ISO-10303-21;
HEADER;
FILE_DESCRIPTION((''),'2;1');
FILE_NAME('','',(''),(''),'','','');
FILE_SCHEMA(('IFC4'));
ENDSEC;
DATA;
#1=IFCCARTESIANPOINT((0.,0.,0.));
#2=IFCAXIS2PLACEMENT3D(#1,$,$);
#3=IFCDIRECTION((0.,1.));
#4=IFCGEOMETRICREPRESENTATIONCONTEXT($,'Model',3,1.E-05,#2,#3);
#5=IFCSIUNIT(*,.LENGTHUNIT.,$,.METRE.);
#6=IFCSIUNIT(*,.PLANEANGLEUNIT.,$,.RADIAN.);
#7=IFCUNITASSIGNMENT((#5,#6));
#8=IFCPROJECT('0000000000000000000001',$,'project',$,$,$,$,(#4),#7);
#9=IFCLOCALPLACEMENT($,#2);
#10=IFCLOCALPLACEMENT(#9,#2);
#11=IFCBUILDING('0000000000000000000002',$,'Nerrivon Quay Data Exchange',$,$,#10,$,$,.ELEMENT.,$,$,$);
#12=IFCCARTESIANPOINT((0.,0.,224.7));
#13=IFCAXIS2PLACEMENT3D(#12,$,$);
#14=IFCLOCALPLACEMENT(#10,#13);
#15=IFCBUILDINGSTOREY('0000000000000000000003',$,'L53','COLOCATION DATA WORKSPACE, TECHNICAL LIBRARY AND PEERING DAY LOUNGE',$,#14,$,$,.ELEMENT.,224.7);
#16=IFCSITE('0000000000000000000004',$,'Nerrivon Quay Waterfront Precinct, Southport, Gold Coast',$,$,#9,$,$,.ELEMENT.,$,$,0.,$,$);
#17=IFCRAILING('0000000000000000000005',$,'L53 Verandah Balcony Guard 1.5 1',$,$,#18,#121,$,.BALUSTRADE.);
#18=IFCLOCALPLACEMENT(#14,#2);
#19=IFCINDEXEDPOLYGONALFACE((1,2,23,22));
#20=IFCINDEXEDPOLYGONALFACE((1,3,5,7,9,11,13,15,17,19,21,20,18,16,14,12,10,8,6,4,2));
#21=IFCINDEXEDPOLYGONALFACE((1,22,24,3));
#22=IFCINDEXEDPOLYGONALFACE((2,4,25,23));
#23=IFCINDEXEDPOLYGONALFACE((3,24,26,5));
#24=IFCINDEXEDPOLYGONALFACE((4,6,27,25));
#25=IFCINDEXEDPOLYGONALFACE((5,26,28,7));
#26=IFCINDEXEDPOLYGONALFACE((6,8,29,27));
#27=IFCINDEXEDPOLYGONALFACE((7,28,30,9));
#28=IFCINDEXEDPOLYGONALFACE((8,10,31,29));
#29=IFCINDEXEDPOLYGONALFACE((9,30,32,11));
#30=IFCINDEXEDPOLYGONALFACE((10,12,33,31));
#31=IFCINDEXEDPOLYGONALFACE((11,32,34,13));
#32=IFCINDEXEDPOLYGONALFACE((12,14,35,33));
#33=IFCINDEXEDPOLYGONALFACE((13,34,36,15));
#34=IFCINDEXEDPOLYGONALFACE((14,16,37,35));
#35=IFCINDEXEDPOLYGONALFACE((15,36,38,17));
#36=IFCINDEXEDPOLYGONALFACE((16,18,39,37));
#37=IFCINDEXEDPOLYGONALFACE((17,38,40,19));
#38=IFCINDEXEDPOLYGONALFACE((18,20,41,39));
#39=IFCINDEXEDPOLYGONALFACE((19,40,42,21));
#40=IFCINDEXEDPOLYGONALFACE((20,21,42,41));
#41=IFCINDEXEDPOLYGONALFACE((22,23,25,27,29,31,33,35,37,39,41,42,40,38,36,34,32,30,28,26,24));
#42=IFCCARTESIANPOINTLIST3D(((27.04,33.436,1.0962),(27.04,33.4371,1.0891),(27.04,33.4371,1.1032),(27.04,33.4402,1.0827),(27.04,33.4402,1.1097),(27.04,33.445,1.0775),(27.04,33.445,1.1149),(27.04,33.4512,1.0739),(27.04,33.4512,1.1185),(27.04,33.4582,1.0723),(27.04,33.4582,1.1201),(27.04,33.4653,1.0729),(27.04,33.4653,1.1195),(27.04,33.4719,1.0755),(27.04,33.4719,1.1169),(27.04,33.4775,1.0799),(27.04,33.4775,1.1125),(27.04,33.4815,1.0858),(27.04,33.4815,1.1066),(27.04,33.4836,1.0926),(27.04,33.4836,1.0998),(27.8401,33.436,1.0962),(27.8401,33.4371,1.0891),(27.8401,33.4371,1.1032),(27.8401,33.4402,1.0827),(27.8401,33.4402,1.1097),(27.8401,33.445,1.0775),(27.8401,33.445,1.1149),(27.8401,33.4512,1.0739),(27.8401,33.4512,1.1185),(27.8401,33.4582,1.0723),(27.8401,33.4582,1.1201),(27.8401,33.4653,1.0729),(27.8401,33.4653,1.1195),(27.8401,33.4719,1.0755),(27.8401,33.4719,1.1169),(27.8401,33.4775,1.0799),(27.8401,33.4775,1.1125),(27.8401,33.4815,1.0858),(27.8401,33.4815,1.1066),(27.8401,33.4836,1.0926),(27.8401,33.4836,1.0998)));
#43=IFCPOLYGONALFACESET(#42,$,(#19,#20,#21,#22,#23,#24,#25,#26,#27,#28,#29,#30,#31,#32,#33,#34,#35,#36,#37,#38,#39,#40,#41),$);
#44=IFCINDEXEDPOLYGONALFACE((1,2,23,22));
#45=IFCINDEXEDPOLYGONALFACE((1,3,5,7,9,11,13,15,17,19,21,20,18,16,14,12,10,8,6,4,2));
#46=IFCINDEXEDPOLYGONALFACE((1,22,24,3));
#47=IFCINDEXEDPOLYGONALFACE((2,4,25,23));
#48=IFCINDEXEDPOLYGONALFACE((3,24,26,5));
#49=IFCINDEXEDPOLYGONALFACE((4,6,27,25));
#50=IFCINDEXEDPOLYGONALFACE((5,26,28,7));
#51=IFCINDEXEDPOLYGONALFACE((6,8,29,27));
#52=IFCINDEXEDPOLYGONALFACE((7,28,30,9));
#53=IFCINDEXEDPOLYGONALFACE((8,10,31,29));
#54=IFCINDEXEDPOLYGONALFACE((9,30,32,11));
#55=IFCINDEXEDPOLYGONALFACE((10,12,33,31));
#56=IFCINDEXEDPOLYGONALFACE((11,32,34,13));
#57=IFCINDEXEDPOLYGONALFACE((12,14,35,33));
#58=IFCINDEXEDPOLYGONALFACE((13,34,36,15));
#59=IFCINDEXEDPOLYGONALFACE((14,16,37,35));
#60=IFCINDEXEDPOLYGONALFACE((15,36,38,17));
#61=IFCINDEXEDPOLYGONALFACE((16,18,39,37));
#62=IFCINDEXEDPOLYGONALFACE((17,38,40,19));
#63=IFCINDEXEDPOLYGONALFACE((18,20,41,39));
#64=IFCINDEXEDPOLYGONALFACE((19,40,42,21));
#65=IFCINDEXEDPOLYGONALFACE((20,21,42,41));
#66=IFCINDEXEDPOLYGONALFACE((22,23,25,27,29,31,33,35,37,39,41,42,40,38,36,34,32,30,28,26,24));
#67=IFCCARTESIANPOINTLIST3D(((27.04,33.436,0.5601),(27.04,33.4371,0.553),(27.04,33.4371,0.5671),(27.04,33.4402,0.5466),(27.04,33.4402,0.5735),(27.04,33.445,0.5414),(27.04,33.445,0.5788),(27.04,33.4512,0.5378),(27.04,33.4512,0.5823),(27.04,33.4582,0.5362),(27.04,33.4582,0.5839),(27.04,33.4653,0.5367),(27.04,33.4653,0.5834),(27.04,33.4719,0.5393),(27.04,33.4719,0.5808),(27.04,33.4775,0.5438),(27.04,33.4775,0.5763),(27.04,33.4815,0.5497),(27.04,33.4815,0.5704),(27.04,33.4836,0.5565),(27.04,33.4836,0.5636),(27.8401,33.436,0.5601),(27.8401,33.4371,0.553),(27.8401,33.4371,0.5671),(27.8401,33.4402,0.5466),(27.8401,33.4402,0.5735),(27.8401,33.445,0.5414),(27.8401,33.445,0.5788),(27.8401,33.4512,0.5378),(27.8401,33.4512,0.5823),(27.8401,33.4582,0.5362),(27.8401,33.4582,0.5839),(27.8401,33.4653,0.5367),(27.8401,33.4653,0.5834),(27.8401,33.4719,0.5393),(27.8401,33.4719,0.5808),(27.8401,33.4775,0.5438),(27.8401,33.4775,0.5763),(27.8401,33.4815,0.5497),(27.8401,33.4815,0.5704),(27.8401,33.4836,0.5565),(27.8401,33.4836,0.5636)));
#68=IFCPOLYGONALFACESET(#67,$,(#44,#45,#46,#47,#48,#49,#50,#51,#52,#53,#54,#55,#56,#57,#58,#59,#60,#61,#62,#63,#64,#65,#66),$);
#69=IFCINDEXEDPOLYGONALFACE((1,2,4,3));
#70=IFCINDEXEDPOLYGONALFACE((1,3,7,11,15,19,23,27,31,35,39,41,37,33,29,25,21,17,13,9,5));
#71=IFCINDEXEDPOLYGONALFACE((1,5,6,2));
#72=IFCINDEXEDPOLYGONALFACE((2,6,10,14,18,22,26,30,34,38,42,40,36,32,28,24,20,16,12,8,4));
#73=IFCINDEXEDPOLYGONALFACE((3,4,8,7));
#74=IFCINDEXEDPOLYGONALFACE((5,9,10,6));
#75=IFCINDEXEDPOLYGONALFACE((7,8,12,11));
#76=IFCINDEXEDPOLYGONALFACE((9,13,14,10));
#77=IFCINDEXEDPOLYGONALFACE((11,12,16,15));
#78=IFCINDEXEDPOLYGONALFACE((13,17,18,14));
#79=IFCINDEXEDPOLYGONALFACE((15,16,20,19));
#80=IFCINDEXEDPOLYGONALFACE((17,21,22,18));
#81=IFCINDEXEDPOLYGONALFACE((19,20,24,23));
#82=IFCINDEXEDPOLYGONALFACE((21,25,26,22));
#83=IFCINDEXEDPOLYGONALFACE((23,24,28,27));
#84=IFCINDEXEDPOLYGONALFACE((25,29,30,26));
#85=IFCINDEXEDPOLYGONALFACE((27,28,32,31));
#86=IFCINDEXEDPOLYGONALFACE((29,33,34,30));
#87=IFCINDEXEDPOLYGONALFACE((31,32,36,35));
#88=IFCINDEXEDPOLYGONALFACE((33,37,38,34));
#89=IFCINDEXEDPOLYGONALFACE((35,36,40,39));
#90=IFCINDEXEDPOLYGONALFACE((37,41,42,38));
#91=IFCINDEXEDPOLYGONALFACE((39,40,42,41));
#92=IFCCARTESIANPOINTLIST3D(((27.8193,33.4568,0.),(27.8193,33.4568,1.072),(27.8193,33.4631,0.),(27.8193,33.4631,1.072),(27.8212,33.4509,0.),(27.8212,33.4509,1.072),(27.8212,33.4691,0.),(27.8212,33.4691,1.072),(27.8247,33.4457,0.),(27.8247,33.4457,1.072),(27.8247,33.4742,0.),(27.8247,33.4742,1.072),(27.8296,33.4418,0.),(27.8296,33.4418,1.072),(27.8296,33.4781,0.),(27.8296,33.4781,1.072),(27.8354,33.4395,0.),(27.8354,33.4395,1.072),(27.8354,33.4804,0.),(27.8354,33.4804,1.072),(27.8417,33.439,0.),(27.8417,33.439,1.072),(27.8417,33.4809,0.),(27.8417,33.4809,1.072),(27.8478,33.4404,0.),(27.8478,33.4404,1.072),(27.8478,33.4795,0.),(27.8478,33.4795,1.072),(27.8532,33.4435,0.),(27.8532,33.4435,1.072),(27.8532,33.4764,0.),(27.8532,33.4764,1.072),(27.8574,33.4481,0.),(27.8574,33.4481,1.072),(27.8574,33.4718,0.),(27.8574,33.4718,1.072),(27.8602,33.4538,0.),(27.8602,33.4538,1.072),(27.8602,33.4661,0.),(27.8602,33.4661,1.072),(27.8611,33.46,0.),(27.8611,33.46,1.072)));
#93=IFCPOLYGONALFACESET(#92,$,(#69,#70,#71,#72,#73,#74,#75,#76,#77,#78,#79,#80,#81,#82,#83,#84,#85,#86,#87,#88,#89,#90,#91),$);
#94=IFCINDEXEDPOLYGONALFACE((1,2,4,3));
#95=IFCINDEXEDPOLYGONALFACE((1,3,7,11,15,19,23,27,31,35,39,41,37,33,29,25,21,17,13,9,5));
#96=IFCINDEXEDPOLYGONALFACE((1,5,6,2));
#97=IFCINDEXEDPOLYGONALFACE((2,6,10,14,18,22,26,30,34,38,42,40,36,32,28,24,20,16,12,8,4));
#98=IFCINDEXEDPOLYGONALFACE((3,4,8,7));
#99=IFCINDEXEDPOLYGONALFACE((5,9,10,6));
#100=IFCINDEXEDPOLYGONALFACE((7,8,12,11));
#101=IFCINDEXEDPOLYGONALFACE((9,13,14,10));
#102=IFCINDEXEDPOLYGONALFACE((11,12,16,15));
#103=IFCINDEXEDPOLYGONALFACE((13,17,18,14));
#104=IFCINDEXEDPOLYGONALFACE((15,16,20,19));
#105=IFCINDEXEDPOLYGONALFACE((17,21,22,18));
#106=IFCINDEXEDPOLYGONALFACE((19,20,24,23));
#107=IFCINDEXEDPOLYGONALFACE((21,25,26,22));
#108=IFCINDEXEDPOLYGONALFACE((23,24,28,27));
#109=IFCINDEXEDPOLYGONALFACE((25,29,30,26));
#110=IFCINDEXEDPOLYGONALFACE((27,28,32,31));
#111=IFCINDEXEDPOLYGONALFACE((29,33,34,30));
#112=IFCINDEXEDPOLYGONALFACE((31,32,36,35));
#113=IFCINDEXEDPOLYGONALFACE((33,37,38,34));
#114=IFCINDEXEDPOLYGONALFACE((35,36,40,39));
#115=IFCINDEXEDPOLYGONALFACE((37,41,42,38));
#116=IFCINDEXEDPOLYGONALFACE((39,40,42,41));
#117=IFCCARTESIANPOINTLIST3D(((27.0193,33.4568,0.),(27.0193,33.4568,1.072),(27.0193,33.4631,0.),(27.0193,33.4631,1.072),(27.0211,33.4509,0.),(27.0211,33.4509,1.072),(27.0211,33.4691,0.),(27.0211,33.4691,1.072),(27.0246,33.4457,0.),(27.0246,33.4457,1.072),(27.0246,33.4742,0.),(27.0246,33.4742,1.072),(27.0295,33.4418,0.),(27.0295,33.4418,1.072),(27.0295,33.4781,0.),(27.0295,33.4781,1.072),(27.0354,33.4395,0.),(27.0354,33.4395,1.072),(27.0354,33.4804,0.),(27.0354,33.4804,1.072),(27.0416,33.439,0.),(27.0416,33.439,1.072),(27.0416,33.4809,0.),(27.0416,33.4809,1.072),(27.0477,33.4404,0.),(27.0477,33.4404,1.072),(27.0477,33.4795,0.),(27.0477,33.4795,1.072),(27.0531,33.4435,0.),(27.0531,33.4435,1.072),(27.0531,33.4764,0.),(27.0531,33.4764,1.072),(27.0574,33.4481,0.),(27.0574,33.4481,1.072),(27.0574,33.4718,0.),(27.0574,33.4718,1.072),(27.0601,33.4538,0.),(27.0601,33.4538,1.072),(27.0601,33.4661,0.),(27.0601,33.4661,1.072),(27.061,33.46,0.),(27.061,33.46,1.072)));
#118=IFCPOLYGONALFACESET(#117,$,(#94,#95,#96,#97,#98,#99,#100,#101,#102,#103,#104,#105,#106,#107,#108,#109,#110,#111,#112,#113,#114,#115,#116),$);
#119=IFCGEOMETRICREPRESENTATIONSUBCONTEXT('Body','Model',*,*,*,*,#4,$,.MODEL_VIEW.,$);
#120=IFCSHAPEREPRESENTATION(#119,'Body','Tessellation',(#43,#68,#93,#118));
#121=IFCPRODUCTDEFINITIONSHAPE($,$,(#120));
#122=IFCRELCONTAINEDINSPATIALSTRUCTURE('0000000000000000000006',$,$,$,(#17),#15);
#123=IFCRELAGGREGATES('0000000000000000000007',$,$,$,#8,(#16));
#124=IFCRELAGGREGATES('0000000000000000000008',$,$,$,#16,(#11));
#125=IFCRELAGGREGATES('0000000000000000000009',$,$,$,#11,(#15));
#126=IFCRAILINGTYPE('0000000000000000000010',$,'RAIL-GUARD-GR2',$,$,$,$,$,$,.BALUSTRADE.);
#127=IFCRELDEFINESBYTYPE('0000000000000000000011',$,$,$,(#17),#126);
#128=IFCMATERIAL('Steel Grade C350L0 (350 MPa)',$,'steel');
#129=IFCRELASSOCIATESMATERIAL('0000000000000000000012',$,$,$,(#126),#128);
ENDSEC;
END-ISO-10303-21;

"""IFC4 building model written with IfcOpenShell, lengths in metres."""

from ifc_helpers import new_model, si_unit, direction, frame, origin, origin_2d, place, context, subcontext, project, spatial, circle, extrude, material, type_object, element, save


model = new_model("IFC4")

# Units and contexts
model_context = context("Model", 3, precision=1e-05, world=origin(), true_north=direction((0.0, 1.0)))
body_context = subcontext(model_context, "Body", "Model", "MODEL_VIEW")
ifc_project = project(units=[si_unit("LENGTHUNIT", "METRE"), si_unit("PLANEANGLEUNIT", "RADIAN")], contexts=[model_context])

# Site, building, storey
site_placement = place(None, origin())
site = spatial("IfcSite", under=ifc_project, at=site_placement, Name="Nerrivon Quay Waterfront Precinct, Southport, Gold Coast", CompositionType="ELEMENT", RefElevation=0.0)
building_placement = place(site_placement, origin())
building = spatial("IfcBuilding", under=site, at=building_placement, Name="Nerrivon Quay Data Exchange", CompositionType="ELEMENT")
storey_placement = place(building_placement, frame((0.0, 0.0, 224.7)))
storey = spatial("IfcBuildingStorey", under=building, at=storey_placement, Name="L53", Description="COLOCATION DATA WORKSPACE, TECHNICAL LIBRARY AND PEERING DAY LOUNGE", CompositionType="ELEMENT", Elevation=224.7)

# Shared definitions
ifc_material_1 = material(Name="Steel Grade C350L0 (350 MPa)", Category="steel")

# Railing
railing_type = type_object("IfcRailingType", Name="RAIL-GUARD-GR2", PredefinedType="BALUSTRADE", material=ifc_material_1)
railing_1_placement = place(storey_placement, frame((27.8401, 33.46, 0.0)))
element("IfcRailing", 1, at=railing_1_placement, inside=storey, type_object=railing_type, Name="L53 Verandah Balcony Guard 1.5 1", PredefinedType="BALUSTRADE", context=body_context, shape_type="SweptSolid", body=[
    extrude(circle(Radius=0.0239, at=origin_2d()), frame((0.0, 0.0, 1.0962), z_axis=(-1.0, 0.0, 0.0), x_axis=(0.0, -1.0, 0.0)), (0.0, 0.0, 1.0), 0.8),
    extrude(circle(Radius=0.0239, at=origin_2d()), frame((0.0, 0.0, 0.5601), z_axis=(-1.0, 0.0, 0.0), x_axis=(0.0, -1.0, 0.0)), (0.0, 0.0, 1.0), 0.8),
    extrude(circle(Radius=0.021, at=origin_2d()), origin(), (0.0, 0.0, 1.0), 1.072),
    extrude(circle(Radius=0.021, at=origin_2d()), frame((-0.8, 0.0, 0.0)), (0.0, 0.0, 1.0), 1.072),
])

save(model, "model.ifc")
